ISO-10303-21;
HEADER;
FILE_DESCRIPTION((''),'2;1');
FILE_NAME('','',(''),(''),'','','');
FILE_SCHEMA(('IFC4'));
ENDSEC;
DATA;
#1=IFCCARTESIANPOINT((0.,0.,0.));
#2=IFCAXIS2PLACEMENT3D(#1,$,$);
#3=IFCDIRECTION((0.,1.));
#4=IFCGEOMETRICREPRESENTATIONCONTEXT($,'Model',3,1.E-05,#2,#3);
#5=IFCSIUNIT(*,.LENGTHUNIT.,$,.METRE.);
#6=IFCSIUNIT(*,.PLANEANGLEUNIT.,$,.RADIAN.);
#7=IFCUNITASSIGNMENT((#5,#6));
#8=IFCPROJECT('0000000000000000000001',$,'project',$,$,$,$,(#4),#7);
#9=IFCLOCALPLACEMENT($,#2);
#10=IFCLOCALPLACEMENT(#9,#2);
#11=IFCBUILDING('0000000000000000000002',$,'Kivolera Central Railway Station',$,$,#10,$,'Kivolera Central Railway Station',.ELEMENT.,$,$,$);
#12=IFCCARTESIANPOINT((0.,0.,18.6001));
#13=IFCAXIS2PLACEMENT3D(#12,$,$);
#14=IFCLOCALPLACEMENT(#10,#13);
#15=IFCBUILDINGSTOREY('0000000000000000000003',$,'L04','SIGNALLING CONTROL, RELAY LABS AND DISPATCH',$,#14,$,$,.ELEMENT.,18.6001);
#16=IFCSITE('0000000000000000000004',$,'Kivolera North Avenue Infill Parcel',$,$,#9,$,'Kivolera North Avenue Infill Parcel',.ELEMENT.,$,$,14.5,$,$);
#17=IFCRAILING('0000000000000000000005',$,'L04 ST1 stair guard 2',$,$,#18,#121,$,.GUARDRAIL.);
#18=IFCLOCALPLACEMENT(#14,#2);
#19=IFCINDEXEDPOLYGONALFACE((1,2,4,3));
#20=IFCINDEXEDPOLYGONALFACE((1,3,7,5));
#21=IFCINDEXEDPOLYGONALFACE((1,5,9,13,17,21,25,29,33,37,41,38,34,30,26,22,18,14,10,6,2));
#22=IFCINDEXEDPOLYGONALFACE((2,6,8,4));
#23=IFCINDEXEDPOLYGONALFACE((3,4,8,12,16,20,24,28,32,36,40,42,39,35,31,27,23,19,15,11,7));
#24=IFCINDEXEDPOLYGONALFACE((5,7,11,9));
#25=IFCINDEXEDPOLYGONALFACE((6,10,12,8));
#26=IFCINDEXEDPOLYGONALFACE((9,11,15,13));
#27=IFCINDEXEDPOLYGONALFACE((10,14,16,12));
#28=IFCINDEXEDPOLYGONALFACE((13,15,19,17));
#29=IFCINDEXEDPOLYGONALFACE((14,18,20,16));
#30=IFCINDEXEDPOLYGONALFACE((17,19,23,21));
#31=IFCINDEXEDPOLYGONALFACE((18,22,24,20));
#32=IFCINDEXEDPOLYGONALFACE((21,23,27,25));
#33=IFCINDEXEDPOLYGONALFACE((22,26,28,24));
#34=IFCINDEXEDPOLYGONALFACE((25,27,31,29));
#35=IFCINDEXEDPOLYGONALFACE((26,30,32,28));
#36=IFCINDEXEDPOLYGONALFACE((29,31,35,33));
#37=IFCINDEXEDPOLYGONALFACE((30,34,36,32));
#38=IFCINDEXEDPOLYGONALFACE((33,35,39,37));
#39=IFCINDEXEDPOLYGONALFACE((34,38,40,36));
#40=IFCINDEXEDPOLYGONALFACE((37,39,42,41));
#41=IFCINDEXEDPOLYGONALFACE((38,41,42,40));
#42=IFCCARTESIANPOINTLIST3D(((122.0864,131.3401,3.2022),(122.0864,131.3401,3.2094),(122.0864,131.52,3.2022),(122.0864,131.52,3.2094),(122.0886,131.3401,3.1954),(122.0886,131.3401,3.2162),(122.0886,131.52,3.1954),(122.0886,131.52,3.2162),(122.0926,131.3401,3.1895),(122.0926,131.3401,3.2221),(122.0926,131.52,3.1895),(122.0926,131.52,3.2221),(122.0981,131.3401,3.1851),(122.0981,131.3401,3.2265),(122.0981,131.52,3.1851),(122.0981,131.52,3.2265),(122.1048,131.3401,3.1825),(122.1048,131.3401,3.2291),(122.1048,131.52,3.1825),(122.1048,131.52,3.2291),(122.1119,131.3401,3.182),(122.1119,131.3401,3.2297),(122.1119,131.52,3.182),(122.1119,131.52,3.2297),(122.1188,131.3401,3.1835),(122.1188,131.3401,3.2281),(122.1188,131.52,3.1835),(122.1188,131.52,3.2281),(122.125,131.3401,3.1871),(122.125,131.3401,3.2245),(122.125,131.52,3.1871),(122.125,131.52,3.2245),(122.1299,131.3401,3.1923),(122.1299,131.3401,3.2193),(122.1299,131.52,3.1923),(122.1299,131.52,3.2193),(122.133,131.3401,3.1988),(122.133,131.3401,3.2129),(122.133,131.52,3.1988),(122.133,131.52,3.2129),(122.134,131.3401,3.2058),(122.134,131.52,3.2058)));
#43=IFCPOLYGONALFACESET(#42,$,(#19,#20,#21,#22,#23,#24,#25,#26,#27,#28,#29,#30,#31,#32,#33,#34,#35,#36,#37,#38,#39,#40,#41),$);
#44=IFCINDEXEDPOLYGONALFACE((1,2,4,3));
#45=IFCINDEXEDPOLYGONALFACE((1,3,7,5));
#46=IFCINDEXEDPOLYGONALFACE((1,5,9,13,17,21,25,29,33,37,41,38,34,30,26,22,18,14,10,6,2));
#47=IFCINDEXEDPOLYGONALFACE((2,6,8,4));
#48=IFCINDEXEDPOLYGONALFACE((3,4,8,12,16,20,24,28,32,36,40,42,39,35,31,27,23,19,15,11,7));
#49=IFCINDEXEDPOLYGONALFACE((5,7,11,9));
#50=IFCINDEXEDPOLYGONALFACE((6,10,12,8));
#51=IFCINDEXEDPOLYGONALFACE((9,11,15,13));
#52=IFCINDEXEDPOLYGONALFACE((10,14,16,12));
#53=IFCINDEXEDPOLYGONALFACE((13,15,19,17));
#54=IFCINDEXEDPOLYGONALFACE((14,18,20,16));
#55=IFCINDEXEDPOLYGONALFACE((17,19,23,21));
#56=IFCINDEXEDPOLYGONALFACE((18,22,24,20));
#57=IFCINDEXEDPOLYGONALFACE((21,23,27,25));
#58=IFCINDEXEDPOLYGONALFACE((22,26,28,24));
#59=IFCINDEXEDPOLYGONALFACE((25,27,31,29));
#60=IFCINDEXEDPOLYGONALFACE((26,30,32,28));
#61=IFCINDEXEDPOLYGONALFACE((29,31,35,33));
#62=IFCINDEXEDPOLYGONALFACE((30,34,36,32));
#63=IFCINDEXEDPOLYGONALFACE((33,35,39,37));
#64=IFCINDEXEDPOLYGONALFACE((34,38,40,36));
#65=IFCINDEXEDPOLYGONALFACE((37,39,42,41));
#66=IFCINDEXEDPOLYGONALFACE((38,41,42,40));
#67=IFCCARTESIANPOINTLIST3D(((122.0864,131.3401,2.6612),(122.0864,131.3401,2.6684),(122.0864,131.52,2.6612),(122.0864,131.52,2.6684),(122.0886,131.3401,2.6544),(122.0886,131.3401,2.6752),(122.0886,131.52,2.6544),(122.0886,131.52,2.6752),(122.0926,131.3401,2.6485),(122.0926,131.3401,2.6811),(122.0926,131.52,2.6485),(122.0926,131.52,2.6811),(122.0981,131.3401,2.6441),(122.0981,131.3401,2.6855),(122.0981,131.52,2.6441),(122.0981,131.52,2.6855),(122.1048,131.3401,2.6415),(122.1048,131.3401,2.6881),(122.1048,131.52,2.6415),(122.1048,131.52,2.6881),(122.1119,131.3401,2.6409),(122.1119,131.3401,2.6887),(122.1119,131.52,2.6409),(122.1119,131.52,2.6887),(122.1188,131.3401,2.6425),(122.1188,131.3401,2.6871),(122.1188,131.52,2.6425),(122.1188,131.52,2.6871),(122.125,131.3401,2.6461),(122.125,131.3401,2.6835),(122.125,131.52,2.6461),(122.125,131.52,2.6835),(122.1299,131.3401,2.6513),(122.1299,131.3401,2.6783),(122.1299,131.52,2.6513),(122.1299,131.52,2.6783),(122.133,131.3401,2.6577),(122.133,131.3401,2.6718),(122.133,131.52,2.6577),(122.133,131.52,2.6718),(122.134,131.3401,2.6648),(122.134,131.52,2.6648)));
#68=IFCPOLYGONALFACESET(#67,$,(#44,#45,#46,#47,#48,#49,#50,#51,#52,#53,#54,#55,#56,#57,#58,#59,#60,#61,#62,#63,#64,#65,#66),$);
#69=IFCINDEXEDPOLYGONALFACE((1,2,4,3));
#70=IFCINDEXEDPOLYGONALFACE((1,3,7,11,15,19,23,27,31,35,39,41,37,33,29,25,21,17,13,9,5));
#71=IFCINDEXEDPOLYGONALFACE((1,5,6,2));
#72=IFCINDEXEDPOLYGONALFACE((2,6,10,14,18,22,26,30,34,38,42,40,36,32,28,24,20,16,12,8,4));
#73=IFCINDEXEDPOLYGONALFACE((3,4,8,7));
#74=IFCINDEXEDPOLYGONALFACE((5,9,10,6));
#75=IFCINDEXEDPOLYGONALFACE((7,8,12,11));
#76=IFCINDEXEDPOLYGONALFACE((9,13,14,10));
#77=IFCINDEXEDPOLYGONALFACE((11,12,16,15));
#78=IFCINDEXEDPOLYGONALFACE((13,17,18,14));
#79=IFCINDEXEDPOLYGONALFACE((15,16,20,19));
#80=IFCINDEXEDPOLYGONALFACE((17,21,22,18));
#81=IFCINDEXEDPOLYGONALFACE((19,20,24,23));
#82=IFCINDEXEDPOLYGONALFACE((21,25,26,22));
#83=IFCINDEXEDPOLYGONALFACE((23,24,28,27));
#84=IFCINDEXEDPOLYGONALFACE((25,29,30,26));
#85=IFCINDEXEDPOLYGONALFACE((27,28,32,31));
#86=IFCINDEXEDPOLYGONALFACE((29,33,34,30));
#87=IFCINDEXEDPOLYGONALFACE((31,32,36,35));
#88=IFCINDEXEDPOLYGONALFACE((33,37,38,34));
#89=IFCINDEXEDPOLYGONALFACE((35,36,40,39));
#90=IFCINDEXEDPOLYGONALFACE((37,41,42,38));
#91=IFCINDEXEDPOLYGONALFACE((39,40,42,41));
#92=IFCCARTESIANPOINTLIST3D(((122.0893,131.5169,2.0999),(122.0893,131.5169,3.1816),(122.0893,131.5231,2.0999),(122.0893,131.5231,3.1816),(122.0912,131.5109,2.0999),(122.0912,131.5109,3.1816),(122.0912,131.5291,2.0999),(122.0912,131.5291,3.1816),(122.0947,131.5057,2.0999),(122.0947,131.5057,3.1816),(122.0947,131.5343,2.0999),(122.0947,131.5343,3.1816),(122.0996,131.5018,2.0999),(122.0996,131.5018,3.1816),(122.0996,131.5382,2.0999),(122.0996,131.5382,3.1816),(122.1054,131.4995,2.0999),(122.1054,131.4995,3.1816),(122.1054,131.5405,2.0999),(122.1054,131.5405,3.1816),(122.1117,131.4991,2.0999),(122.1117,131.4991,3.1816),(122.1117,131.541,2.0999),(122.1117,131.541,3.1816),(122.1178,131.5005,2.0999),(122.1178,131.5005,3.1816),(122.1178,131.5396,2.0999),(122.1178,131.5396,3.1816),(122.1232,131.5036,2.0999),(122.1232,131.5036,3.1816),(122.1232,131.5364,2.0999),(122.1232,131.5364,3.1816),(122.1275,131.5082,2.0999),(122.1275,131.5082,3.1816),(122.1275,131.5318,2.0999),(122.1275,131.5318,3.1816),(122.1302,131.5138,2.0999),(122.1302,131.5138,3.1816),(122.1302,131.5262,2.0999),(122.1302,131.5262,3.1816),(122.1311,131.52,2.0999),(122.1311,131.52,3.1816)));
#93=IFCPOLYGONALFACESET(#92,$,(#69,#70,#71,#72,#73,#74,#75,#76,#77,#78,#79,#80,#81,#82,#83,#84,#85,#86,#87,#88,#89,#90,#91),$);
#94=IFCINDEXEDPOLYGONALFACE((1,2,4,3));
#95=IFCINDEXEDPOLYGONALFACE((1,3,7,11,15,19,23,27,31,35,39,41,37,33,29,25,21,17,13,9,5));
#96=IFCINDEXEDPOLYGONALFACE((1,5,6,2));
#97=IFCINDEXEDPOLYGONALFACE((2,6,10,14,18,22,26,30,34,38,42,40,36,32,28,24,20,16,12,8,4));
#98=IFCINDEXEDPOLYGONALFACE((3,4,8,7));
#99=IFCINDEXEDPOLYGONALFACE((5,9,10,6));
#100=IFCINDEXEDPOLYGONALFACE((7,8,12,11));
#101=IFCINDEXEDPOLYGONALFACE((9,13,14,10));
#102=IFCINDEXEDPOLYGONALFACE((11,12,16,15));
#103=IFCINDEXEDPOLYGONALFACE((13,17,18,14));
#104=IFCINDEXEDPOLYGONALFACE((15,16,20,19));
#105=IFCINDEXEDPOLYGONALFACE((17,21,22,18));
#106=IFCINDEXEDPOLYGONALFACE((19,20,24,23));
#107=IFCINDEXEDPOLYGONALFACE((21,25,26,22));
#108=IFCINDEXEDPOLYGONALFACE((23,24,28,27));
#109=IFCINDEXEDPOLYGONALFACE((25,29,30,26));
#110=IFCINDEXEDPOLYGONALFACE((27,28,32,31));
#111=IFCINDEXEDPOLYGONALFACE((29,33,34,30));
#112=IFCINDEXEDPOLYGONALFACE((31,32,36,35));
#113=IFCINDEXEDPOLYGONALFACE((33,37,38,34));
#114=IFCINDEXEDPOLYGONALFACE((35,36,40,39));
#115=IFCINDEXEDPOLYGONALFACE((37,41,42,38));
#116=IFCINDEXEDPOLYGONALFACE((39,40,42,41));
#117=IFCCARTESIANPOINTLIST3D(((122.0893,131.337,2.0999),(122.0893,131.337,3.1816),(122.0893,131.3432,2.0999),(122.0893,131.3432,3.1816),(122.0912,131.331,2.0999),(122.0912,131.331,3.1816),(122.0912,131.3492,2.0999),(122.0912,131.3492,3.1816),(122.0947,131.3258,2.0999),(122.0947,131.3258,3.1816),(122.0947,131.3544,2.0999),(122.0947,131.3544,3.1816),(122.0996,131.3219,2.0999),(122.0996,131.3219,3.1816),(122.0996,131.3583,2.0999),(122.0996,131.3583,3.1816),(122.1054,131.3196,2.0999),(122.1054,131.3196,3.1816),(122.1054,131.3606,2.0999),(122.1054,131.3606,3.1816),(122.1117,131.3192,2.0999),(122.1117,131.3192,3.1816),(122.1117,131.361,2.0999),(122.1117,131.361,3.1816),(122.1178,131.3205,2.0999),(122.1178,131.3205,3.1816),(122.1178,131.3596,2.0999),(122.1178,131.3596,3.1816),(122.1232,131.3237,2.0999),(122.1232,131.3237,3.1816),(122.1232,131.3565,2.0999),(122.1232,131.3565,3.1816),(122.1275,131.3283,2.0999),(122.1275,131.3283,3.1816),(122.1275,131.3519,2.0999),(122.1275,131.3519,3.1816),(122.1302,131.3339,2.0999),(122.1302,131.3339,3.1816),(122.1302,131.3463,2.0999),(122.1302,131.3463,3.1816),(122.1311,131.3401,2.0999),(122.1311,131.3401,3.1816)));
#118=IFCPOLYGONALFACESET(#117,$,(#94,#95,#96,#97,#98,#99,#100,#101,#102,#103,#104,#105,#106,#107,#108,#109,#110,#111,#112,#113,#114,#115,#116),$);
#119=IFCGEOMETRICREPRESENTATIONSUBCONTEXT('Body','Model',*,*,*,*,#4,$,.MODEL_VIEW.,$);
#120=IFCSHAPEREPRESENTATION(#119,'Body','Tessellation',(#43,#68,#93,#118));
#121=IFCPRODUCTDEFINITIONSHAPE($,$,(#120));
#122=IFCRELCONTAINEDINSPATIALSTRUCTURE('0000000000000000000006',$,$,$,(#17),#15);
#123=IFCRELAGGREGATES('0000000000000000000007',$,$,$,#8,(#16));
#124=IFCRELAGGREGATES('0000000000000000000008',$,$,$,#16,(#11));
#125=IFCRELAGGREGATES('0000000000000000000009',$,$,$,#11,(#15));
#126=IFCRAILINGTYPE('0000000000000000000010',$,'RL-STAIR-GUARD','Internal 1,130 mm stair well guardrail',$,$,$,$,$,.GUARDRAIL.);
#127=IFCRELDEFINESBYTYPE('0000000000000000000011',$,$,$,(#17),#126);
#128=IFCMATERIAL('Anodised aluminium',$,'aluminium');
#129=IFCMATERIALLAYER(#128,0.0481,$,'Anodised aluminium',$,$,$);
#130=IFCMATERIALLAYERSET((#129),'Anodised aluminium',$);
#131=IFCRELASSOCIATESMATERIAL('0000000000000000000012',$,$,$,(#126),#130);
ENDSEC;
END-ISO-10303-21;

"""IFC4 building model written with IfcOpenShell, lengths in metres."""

from ifc_helpers import new_model, si_unit, direction, frame, origin, origin_2d, place, context, subcontext, project, spatial, circle, extrude, material, layer, layer_set, type_object, element, save


model = new_model("IFC4")

# Units and contexts
model_context = context("Model", 3, precision=1e-05, world=origin(), true_north=direction((0.0, 1.0)))
body_context = subcontext(model_context, "Body", "Model", "MODEL_VIEW")
ifc_project = project(units=[si_unit("LENGTHUNIT", "METRE"), si_unit("PLANEANGLEUNIT", "RADIAN")], contexts=[model_context])

# Site, building, storey
site_placement = place(None, origin())
site = spatial("IfcSite", under=ifc_project, at=site_placement, Name="Kivolera North Avenue Infill Parcel", LongName="Kivolera North Avenue Infill Parcel", CompositionType="ELEMENT", RefElevation=14.5)
building_placement = place(site_placement, origin())
building = spatial("IfcBuilding", under=site, at=building_placement, Name="Kivolera Central Railway Station", LongName="Kivolera Central Railway Station", CompositionType="ELEMENT")
storey_placement = place(building_placement, frame((0.0, 0.0, 18.6001)))
storey = spatial("IfcBuildingStorey", under=building, at=storey_placement, Name="L04", Description="SIGNALLING CONTROL, RELAY LABS AND DISPATCH", CompositionType="ELEMENT", Elevation=18.6001)

# Shared definitions
ifc_material_1 = material(Name="Anodised aluminium", Category="aluminium")

# Railing
ifc_layer_1 = layer(ifc_material_1, 0.0481, Name="Anodised aluminium")
ifc_layer_set_1 = layer_set([ifc_layer_1], Name="Anodised aluminium")
railing_type_1 = type_object("IfcRailingType", Name="RL-STAIR-GUARD", Description="Internal 1,130 mm stair well guardrail", PredefinedType="GUARDRAIL", material=ifc_layer_set_1)
railing_1_placement = place(storey_placement, frame((122.1101, 131.52, 2.0999)))
element("IfcRailing", 1, at=railing_1_placement, inside=storey, type_object=railing_type_1, Name="L04 ST1 stair guard 2", PredefinedType="GUARDRAIL", context=body_context, shape_type="SweptSolid", body=[
    extrude(circle(Radius=0.0239, at=origin_2d()), frame((0.0, 0.0, 1.106), z_axis=(0.0, -1.0, 0.0), x_axis=(1.0, 0.0, 0.0)), (0.0, 0.0, 1.0), 0.1799),
    extrude(circle(Radius=0.0239, at=origin_2d()), frame((0.0, 0.0, 0.5649), z_axis=(0.0, -1.0, 0.0), x_axis=(1.0, 0.0, 0.0)), (0.0, 0.0, 1.0), 0.1799),
    extrude(circle(Radius=0.021, at=origin_2d()), origin(), (0.0, 0.0, 1.0), 1.0818),
    extrude(circle(Radius=0.021, at=origin_2d()), frame((0.0, -0.1799, 0.0)), (0.0, 0.0, 1.0), 1.0818),
])

save(model, "model.ifc")
